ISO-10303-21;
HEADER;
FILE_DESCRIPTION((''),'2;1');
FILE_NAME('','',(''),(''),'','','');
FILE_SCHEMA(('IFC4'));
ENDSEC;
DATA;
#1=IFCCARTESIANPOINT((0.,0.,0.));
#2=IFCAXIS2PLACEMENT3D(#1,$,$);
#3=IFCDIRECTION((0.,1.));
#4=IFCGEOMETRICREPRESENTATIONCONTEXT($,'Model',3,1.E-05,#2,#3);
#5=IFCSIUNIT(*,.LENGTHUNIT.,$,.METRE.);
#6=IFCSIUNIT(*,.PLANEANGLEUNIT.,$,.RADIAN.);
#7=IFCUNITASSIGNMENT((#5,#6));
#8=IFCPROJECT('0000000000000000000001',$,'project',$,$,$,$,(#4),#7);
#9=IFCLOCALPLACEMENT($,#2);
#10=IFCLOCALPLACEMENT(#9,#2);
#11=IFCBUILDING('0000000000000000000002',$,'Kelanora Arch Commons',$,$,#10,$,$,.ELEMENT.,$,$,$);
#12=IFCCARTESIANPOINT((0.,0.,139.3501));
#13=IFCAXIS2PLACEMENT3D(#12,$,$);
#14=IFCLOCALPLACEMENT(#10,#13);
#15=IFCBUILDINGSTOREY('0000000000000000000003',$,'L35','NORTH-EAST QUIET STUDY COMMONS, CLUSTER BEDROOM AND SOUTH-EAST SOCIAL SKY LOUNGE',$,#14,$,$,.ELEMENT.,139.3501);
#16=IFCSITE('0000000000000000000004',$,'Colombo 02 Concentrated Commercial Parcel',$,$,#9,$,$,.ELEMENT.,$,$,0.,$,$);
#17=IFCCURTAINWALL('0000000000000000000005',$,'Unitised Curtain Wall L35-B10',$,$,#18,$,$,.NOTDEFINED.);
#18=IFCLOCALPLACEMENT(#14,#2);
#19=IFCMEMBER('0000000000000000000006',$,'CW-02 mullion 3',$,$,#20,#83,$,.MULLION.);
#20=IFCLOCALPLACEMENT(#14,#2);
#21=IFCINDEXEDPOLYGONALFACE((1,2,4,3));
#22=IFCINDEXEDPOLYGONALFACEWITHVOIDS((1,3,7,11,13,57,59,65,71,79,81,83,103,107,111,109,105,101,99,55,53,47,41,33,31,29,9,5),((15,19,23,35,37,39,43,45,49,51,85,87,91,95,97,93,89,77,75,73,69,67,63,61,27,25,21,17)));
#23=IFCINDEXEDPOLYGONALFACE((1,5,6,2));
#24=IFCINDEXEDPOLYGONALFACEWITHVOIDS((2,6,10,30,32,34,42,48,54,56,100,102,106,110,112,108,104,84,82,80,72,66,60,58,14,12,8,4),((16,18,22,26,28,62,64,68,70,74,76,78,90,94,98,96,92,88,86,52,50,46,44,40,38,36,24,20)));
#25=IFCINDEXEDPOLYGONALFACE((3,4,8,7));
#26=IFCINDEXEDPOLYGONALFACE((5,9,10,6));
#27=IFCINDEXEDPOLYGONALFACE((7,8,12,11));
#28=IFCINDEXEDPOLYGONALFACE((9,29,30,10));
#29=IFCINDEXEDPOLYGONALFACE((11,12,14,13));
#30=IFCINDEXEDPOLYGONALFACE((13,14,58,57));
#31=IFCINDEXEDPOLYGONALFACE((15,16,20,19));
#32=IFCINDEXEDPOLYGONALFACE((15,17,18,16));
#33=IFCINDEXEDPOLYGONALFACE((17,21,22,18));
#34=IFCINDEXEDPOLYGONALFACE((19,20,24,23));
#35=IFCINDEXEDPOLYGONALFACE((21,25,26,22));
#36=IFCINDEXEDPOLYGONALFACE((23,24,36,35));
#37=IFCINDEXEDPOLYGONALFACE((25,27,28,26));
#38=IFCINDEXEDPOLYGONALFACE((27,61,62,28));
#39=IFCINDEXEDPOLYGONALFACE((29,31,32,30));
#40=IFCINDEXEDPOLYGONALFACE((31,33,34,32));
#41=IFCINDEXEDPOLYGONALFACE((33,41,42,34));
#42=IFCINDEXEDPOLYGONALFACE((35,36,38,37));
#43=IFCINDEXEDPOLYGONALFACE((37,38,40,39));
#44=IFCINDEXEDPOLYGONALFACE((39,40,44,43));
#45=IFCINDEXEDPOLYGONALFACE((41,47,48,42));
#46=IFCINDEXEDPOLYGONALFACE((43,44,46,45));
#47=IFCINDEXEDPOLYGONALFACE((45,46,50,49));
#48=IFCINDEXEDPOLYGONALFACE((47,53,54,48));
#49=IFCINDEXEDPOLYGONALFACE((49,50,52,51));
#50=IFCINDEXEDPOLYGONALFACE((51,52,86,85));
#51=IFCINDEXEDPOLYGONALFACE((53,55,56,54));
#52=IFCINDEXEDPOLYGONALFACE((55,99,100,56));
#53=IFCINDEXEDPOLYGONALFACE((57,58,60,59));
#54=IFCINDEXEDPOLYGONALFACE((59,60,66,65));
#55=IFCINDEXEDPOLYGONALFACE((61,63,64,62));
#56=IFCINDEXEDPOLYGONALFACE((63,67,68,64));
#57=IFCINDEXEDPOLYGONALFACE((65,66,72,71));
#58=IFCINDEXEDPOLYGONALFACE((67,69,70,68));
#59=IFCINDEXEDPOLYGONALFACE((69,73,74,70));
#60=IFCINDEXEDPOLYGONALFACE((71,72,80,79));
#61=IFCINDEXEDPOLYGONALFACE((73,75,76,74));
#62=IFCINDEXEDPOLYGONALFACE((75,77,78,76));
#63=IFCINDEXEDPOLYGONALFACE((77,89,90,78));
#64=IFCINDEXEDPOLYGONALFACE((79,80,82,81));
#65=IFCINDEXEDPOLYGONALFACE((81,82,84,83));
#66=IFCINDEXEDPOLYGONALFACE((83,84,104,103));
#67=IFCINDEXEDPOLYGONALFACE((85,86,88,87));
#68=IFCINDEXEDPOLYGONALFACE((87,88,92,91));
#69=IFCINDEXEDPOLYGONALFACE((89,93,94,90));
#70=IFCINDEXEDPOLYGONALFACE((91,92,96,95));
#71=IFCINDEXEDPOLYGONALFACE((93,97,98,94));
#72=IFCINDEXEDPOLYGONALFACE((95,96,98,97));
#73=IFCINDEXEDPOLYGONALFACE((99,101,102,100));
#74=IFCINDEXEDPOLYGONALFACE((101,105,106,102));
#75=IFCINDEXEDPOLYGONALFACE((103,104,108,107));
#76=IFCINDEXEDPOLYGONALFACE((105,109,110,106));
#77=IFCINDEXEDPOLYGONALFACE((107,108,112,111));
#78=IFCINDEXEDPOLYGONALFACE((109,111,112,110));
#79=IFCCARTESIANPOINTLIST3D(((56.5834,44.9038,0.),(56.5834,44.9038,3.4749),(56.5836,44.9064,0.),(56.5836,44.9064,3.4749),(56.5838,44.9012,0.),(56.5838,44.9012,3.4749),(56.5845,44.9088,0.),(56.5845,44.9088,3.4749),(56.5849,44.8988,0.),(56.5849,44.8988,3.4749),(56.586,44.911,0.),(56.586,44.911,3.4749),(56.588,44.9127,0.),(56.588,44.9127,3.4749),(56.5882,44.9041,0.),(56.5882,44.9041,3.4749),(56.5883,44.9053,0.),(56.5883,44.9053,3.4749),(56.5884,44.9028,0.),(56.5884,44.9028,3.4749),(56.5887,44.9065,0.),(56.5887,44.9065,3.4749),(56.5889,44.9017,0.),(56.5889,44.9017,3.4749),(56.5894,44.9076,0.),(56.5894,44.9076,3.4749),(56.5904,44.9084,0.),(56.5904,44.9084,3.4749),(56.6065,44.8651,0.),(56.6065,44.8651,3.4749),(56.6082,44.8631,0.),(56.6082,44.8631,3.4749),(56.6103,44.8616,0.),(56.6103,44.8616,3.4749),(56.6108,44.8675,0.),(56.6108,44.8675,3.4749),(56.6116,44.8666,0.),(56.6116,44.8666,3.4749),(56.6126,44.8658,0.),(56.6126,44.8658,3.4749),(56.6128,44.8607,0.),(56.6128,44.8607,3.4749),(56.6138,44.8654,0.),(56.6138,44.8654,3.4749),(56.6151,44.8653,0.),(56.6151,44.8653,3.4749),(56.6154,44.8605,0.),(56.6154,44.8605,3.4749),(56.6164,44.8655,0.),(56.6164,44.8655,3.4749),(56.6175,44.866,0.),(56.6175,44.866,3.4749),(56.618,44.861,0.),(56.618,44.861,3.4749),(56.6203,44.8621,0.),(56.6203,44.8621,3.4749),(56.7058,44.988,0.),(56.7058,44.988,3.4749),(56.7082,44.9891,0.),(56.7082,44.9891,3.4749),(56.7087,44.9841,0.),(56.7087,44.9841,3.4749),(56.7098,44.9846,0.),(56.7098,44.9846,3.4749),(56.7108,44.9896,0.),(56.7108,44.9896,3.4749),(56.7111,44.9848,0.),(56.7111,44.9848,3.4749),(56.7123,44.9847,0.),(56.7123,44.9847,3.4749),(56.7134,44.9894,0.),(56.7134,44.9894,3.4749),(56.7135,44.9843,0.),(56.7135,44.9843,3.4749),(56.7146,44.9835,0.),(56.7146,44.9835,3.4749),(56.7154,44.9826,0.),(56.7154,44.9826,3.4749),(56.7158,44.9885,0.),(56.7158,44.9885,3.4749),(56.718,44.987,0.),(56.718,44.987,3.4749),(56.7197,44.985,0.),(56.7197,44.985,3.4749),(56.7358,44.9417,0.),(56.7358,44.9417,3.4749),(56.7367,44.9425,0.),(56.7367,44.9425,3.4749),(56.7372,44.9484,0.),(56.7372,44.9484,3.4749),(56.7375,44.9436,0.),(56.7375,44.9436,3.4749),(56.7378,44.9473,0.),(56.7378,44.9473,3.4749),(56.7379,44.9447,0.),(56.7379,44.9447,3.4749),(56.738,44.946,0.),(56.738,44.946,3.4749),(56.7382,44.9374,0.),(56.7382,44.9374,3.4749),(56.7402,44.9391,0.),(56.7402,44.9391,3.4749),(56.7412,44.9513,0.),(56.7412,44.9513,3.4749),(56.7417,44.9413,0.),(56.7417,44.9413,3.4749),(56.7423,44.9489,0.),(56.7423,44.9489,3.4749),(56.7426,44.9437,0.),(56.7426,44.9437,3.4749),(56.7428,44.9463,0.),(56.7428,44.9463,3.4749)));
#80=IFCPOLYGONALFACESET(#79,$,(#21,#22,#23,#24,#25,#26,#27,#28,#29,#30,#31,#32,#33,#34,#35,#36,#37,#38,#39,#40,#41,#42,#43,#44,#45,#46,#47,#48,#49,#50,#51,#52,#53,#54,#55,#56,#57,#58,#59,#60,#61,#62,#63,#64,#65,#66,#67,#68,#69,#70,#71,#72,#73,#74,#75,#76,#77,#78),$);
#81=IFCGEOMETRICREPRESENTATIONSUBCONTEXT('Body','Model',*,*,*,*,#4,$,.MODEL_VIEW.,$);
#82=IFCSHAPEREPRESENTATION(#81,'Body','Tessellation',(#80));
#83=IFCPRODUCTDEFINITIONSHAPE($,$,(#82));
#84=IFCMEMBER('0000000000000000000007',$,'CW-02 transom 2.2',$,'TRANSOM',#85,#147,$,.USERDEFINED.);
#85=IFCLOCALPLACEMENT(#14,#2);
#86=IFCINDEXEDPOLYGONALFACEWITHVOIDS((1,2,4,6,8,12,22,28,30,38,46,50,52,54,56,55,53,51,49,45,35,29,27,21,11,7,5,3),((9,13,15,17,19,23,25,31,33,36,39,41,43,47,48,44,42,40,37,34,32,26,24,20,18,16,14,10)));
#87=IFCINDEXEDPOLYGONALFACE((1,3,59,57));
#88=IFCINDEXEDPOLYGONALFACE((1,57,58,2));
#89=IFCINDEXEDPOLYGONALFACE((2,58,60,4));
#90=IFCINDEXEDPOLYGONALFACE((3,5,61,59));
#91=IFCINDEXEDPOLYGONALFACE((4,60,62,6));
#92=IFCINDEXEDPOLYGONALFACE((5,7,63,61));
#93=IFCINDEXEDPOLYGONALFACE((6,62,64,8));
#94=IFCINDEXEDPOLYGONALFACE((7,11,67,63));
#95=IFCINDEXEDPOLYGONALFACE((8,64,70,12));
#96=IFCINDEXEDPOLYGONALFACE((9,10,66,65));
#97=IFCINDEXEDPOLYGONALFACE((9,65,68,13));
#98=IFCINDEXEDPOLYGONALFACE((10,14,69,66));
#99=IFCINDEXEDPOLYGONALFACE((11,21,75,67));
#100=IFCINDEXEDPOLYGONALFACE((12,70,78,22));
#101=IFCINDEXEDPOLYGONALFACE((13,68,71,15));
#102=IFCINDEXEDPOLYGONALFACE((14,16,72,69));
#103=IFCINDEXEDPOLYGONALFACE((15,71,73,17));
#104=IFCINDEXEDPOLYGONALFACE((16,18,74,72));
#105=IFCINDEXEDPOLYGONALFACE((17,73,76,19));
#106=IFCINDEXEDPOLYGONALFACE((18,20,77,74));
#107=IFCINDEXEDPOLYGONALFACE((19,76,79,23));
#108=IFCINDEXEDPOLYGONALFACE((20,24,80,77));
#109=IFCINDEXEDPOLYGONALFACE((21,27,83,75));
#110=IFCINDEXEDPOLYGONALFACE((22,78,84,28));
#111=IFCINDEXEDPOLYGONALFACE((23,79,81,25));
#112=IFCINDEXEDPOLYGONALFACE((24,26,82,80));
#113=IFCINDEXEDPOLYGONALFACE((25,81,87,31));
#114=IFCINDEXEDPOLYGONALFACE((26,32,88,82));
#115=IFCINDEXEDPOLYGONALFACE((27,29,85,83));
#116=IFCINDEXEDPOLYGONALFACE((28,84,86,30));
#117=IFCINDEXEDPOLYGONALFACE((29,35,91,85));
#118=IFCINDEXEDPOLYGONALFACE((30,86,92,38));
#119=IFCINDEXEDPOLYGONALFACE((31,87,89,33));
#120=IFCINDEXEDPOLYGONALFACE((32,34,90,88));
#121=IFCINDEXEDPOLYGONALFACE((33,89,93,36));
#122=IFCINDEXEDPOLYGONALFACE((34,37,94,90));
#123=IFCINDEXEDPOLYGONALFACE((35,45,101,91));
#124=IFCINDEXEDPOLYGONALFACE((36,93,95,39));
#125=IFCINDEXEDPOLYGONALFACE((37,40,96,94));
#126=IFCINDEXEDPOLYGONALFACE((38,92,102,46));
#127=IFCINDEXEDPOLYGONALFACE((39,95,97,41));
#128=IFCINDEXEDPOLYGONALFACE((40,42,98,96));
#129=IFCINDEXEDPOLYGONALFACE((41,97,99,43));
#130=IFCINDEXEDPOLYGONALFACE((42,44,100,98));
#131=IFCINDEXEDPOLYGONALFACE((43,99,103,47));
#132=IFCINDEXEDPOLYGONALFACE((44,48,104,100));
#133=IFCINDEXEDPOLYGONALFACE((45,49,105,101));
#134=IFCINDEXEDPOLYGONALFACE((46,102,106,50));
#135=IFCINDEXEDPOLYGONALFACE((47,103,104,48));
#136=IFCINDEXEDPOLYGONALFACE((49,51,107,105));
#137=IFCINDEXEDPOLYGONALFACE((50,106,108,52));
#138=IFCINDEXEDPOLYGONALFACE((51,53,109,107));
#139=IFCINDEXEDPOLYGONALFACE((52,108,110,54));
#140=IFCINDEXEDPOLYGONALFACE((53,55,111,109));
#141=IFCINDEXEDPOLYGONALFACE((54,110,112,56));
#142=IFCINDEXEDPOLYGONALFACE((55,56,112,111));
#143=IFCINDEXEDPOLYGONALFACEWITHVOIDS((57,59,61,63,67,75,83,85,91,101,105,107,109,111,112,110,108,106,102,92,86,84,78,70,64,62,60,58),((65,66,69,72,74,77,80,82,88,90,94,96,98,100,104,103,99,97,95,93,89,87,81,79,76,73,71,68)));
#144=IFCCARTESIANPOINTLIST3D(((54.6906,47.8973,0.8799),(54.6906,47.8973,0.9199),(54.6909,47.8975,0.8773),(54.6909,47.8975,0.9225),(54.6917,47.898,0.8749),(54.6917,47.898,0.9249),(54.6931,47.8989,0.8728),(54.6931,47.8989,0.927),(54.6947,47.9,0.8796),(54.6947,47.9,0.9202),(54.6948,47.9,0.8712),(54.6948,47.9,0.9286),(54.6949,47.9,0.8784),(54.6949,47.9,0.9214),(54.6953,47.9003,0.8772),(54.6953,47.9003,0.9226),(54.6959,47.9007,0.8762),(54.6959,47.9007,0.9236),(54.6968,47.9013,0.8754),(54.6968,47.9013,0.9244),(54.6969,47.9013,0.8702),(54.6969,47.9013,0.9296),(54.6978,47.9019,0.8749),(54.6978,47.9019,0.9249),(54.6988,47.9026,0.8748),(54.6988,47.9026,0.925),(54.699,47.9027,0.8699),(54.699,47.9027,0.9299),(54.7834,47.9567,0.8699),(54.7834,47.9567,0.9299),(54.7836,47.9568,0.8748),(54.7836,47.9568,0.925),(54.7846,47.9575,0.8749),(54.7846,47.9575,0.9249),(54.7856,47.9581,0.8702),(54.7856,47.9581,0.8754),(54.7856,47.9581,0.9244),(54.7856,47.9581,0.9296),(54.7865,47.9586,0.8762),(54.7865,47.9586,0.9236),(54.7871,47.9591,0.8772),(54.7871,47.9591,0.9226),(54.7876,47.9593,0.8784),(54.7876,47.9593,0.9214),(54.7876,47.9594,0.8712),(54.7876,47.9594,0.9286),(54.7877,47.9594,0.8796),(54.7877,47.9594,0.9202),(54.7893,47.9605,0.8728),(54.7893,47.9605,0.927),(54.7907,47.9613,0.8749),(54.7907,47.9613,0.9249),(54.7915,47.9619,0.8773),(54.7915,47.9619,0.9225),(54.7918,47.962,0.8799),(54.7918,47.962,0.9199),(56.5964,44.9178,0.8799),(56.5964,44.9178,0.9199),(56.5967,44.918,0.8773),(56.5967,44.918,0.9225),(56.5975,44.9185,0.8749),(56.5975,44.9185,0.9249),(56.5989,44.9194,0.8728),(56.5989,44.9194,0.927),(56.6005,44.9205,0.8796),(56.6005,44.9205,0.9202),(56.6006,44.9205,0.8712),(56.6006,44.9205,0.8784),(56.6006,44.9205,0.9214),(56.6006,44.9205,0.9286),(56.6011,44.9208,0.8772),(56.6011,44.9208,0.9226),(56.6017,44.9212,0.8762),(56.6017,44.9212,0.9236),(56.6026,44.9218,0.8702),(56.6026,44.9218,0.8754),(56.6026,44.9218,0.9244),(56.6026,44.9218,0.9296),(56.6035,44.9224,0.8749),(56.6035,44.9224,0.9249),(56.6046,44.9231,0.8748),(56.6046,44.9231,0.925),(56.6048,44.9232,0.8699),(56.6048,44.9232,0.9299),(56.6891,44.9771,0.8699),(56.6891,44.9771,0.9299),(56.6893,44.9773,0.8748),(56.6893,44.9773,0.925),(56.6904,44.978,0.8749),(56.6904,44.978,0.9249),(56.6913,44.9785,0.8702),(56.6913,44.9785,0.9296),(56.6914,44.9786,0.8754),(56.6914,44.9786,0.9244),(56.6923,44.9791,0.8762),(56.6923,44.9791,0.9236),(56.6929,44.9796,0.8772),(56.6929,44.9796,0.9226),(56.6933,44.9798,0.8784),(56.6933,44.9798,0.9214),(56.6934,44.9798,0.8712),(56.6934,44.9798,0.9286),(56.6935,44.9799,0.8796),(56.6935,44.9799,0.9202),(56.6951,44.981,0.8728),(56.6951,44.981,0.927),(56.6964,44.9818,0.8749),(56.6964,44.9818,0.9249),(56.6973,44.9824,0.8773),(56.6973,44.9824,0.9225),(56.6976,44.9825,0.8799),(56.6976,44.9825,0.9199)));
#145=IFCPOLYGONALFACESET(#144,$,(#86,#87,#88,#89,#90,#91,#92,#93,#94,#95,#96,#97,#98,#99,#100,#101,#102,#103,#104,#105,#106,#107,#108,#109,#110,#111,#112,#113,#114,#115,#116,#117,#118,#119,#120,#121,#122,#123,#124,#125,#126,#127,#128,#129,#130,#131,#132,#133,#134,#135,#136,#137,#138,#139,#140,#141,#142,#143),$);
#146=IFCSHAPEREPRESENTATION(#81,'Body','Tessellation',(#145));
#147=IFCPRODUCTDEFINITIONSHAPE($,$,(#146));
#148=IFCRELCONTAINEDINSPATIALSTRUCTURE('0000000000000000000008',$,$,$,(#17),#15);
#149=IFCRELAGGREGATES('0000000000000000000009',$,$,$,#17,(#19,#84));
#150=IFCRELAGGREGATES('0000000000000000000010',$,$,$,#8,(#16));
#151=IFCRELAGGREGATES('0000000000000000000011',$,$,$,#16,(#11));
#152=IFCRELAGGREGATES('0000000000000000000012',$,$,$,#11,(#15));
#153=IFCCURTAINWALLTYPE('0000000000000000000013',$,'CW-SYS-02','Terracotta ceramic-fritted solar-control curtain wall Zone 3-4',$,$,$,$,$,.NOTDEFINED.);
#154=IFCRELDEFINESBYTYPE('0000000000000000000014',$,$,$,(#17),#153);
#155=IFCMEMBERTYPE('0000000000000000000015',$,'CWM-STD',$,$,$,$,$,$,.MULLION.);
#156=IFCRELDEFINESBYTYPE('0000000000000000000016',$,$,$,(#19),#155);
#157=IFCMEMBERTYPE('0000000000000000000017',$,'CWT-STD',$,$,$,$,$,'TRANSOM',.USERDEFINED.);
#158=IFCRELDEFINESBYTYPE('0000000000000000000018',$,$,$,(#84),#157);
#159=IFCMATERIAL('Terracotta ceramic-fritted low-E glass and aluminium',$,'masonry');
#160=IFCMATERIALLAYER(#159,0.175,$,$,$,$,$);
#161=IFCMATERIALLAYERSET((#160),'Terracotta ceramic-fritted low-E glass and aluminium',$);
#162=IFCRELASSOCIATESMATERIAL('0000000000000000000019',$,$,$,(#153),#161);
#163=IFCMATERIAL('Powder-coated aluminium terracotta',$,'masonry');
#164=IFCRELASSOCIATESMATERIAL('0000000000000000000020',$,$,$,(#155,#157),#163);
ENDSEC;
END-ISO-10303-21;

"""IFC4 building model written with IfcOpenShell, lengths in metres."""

from ifc_helpers import new_model, si_unit, direction, frame, origin, origin_2d, place, context, subcontext, project, spatial, hollow_rectangle, extrude, material, layer, layer_set, material_profile, profile_set, type_object, element, aggregate, save


model = new_model("IFC4")

# Units and contexts
model_context = context("Model", 3, precision=1e-05, world=origin(), true_north=direction((0.0, 1.0)))
body_context = subcontext(model_context, "Body", "Model", "MODEL_VIEW")
ifc_project = project(units=[si_unit("LENGTHUNIT", "METRE"), si_unit("PLANEANGLEUNIT", "RADIAN")], contexts=[model_context])

# Site, building, storey
site_placement = place(None, origin())
site = spatial("IfcSite", under=ifc_project, at=site_placement, Name="Colombo 02 Concentrated Commercial Parcel", CompositionType="ELEMENT", RefElevation=0.0)
building_placement = place(site_placement, origin())
building = spatial("IfcBuilding", under=site, at=building_placement, Name="Kelanora Arch Commons", CompositionType="ELEMENT")
storey_placement = place(building_placement, frame((0.0, 0.0, 139.3501)))
storey = spatial("IfcBuildingStorey", under=building, at=storey_placement, Name="L35", Description="NORTH-EAST QUIET STUDY COMMONS, CLUSTER BEDROOM AND SOUTH-EAST SOCIAL SKY LOUNGE", CompositionType="ELEMENT", Elevation=139.3501)

# Curtain wall, members
ifc_material_1 = material(Name="Terracotta ceramic-fritted low-E glass and aluminium", Category="masonry")
ifc_layer_1 = layer(ifc_material_1, 0.175)
ifc_layer_set_1 = layer_set([ifc_layer_1], Name="Terracotta ceramic-fritted low-E glass and aluminium")
curtain_wall_type = type_object("IfcCurtainWallType", Name="CW-SYS-02", Description="Terracotta ceramic-fritted solar-control curtain wall Zone 3-4", PredefinedType="NOTDEFINED", material=ifc_layer_set_1)
curtain_wall_placement = place(storey_placement, origin())
curtain_wall = element("IfcCurtainWall", 1, at=curtain_wall_placement, inside=storey, type_object=curtain_wall_type, Name="Unitised Curtain Wall L35-B10", PredefinedType="NOTDEFINED")
ifc_material_2 = material(Name="Powder-coated aluminium terracotta", Category="masonry")
ifc_material_profile_1 = material_profile(ifc_material_2, hollow_rectangle(XDim=0.1599, YDim=0.0601, WallThickness=0.0049, InnerFilletRadius=0.0049, OuterFilletRadius=0.01, at=origin_2d()), Name="CWM160x60")
ifc_profile_set_1 = profile_set([ifc_material_profile_1], Name="Powder-coated aluminium terracotta")
member_type_1 = type_object("IfcMemberType", Name="CWM-STD", PredefinedType="MULLION", material=ifc_profile_set_1)
member_1_placement = place(storey_placement, frame((56.6631, 44.925, 0.0), z_axis=(0.0, 0.0, 1.0), x_axis=(0.842423, 0.538817, 0.0)))
member_1 = element("IfcMember", 2, at=member_1_placement, type_object=member_type_1, Name="CW-02 mullion 3", PredefinedType="MULLION", context=body_context, shape_type="SweptSolid", body=[
    extrude(hollow_rectangle(XDim=0.1599, YDim=0.0601, WallThickness=0.0049, InnerFilletRadius=0.0049, OuterFilletRadius=0.01, at=origin_2d()), origin(), (0.0, 0.0, 1.0), 3.4749),
])
ifc_material_profile_2 = material_profile(ifc_material_2, hollow_rectangle(XDim=0.1201, YDim=0.0601, WallThickness=0.0049, InnerFilletRadius=0.0049, OuterFilletRadius=0.01, at=origin_2d()), Name="CWT120x60")
ifc_profile_set_2 = profile_set([ifc_material_profile_2], Name="Powder-coated aluminium terracotta")
member_type_2 = type_object("IfcMemberType", Name="CWT-STD", ElementType="TRANSOM", PredefinedType="USERDEFINED", material=ifc_profile_set_2)
member_2_placement = place(storey_placement, frame((54.7412, 47.9297, 0.8999), z_axis=(0.53883, -0.842414, 0.0), x_axis=(0.842414, 0.53883, 0.0)))
member_2 = element("IfcMember", 3, at=member_2_placement, type_object=member_type_2, Name="CW-02 transom 2.2", ObjectType="TRANSOM", PredefinedType="USERDEFINED", context=body_context, shape_type="SweptSolid", body=[
    extrude(hollow_rectangle(XDim=0.1201, YDim=0.0601, WallThickness=0.0049, InnerFilletRadius=0.0049, OuterFilletRadius=0.01, at=origin_2d()), origin(), (0.0, 0.0, 1.0), 3.5369),
])
aggregate(curtain_wall, [member_1, member_2])

save(model, "model.ifc")
